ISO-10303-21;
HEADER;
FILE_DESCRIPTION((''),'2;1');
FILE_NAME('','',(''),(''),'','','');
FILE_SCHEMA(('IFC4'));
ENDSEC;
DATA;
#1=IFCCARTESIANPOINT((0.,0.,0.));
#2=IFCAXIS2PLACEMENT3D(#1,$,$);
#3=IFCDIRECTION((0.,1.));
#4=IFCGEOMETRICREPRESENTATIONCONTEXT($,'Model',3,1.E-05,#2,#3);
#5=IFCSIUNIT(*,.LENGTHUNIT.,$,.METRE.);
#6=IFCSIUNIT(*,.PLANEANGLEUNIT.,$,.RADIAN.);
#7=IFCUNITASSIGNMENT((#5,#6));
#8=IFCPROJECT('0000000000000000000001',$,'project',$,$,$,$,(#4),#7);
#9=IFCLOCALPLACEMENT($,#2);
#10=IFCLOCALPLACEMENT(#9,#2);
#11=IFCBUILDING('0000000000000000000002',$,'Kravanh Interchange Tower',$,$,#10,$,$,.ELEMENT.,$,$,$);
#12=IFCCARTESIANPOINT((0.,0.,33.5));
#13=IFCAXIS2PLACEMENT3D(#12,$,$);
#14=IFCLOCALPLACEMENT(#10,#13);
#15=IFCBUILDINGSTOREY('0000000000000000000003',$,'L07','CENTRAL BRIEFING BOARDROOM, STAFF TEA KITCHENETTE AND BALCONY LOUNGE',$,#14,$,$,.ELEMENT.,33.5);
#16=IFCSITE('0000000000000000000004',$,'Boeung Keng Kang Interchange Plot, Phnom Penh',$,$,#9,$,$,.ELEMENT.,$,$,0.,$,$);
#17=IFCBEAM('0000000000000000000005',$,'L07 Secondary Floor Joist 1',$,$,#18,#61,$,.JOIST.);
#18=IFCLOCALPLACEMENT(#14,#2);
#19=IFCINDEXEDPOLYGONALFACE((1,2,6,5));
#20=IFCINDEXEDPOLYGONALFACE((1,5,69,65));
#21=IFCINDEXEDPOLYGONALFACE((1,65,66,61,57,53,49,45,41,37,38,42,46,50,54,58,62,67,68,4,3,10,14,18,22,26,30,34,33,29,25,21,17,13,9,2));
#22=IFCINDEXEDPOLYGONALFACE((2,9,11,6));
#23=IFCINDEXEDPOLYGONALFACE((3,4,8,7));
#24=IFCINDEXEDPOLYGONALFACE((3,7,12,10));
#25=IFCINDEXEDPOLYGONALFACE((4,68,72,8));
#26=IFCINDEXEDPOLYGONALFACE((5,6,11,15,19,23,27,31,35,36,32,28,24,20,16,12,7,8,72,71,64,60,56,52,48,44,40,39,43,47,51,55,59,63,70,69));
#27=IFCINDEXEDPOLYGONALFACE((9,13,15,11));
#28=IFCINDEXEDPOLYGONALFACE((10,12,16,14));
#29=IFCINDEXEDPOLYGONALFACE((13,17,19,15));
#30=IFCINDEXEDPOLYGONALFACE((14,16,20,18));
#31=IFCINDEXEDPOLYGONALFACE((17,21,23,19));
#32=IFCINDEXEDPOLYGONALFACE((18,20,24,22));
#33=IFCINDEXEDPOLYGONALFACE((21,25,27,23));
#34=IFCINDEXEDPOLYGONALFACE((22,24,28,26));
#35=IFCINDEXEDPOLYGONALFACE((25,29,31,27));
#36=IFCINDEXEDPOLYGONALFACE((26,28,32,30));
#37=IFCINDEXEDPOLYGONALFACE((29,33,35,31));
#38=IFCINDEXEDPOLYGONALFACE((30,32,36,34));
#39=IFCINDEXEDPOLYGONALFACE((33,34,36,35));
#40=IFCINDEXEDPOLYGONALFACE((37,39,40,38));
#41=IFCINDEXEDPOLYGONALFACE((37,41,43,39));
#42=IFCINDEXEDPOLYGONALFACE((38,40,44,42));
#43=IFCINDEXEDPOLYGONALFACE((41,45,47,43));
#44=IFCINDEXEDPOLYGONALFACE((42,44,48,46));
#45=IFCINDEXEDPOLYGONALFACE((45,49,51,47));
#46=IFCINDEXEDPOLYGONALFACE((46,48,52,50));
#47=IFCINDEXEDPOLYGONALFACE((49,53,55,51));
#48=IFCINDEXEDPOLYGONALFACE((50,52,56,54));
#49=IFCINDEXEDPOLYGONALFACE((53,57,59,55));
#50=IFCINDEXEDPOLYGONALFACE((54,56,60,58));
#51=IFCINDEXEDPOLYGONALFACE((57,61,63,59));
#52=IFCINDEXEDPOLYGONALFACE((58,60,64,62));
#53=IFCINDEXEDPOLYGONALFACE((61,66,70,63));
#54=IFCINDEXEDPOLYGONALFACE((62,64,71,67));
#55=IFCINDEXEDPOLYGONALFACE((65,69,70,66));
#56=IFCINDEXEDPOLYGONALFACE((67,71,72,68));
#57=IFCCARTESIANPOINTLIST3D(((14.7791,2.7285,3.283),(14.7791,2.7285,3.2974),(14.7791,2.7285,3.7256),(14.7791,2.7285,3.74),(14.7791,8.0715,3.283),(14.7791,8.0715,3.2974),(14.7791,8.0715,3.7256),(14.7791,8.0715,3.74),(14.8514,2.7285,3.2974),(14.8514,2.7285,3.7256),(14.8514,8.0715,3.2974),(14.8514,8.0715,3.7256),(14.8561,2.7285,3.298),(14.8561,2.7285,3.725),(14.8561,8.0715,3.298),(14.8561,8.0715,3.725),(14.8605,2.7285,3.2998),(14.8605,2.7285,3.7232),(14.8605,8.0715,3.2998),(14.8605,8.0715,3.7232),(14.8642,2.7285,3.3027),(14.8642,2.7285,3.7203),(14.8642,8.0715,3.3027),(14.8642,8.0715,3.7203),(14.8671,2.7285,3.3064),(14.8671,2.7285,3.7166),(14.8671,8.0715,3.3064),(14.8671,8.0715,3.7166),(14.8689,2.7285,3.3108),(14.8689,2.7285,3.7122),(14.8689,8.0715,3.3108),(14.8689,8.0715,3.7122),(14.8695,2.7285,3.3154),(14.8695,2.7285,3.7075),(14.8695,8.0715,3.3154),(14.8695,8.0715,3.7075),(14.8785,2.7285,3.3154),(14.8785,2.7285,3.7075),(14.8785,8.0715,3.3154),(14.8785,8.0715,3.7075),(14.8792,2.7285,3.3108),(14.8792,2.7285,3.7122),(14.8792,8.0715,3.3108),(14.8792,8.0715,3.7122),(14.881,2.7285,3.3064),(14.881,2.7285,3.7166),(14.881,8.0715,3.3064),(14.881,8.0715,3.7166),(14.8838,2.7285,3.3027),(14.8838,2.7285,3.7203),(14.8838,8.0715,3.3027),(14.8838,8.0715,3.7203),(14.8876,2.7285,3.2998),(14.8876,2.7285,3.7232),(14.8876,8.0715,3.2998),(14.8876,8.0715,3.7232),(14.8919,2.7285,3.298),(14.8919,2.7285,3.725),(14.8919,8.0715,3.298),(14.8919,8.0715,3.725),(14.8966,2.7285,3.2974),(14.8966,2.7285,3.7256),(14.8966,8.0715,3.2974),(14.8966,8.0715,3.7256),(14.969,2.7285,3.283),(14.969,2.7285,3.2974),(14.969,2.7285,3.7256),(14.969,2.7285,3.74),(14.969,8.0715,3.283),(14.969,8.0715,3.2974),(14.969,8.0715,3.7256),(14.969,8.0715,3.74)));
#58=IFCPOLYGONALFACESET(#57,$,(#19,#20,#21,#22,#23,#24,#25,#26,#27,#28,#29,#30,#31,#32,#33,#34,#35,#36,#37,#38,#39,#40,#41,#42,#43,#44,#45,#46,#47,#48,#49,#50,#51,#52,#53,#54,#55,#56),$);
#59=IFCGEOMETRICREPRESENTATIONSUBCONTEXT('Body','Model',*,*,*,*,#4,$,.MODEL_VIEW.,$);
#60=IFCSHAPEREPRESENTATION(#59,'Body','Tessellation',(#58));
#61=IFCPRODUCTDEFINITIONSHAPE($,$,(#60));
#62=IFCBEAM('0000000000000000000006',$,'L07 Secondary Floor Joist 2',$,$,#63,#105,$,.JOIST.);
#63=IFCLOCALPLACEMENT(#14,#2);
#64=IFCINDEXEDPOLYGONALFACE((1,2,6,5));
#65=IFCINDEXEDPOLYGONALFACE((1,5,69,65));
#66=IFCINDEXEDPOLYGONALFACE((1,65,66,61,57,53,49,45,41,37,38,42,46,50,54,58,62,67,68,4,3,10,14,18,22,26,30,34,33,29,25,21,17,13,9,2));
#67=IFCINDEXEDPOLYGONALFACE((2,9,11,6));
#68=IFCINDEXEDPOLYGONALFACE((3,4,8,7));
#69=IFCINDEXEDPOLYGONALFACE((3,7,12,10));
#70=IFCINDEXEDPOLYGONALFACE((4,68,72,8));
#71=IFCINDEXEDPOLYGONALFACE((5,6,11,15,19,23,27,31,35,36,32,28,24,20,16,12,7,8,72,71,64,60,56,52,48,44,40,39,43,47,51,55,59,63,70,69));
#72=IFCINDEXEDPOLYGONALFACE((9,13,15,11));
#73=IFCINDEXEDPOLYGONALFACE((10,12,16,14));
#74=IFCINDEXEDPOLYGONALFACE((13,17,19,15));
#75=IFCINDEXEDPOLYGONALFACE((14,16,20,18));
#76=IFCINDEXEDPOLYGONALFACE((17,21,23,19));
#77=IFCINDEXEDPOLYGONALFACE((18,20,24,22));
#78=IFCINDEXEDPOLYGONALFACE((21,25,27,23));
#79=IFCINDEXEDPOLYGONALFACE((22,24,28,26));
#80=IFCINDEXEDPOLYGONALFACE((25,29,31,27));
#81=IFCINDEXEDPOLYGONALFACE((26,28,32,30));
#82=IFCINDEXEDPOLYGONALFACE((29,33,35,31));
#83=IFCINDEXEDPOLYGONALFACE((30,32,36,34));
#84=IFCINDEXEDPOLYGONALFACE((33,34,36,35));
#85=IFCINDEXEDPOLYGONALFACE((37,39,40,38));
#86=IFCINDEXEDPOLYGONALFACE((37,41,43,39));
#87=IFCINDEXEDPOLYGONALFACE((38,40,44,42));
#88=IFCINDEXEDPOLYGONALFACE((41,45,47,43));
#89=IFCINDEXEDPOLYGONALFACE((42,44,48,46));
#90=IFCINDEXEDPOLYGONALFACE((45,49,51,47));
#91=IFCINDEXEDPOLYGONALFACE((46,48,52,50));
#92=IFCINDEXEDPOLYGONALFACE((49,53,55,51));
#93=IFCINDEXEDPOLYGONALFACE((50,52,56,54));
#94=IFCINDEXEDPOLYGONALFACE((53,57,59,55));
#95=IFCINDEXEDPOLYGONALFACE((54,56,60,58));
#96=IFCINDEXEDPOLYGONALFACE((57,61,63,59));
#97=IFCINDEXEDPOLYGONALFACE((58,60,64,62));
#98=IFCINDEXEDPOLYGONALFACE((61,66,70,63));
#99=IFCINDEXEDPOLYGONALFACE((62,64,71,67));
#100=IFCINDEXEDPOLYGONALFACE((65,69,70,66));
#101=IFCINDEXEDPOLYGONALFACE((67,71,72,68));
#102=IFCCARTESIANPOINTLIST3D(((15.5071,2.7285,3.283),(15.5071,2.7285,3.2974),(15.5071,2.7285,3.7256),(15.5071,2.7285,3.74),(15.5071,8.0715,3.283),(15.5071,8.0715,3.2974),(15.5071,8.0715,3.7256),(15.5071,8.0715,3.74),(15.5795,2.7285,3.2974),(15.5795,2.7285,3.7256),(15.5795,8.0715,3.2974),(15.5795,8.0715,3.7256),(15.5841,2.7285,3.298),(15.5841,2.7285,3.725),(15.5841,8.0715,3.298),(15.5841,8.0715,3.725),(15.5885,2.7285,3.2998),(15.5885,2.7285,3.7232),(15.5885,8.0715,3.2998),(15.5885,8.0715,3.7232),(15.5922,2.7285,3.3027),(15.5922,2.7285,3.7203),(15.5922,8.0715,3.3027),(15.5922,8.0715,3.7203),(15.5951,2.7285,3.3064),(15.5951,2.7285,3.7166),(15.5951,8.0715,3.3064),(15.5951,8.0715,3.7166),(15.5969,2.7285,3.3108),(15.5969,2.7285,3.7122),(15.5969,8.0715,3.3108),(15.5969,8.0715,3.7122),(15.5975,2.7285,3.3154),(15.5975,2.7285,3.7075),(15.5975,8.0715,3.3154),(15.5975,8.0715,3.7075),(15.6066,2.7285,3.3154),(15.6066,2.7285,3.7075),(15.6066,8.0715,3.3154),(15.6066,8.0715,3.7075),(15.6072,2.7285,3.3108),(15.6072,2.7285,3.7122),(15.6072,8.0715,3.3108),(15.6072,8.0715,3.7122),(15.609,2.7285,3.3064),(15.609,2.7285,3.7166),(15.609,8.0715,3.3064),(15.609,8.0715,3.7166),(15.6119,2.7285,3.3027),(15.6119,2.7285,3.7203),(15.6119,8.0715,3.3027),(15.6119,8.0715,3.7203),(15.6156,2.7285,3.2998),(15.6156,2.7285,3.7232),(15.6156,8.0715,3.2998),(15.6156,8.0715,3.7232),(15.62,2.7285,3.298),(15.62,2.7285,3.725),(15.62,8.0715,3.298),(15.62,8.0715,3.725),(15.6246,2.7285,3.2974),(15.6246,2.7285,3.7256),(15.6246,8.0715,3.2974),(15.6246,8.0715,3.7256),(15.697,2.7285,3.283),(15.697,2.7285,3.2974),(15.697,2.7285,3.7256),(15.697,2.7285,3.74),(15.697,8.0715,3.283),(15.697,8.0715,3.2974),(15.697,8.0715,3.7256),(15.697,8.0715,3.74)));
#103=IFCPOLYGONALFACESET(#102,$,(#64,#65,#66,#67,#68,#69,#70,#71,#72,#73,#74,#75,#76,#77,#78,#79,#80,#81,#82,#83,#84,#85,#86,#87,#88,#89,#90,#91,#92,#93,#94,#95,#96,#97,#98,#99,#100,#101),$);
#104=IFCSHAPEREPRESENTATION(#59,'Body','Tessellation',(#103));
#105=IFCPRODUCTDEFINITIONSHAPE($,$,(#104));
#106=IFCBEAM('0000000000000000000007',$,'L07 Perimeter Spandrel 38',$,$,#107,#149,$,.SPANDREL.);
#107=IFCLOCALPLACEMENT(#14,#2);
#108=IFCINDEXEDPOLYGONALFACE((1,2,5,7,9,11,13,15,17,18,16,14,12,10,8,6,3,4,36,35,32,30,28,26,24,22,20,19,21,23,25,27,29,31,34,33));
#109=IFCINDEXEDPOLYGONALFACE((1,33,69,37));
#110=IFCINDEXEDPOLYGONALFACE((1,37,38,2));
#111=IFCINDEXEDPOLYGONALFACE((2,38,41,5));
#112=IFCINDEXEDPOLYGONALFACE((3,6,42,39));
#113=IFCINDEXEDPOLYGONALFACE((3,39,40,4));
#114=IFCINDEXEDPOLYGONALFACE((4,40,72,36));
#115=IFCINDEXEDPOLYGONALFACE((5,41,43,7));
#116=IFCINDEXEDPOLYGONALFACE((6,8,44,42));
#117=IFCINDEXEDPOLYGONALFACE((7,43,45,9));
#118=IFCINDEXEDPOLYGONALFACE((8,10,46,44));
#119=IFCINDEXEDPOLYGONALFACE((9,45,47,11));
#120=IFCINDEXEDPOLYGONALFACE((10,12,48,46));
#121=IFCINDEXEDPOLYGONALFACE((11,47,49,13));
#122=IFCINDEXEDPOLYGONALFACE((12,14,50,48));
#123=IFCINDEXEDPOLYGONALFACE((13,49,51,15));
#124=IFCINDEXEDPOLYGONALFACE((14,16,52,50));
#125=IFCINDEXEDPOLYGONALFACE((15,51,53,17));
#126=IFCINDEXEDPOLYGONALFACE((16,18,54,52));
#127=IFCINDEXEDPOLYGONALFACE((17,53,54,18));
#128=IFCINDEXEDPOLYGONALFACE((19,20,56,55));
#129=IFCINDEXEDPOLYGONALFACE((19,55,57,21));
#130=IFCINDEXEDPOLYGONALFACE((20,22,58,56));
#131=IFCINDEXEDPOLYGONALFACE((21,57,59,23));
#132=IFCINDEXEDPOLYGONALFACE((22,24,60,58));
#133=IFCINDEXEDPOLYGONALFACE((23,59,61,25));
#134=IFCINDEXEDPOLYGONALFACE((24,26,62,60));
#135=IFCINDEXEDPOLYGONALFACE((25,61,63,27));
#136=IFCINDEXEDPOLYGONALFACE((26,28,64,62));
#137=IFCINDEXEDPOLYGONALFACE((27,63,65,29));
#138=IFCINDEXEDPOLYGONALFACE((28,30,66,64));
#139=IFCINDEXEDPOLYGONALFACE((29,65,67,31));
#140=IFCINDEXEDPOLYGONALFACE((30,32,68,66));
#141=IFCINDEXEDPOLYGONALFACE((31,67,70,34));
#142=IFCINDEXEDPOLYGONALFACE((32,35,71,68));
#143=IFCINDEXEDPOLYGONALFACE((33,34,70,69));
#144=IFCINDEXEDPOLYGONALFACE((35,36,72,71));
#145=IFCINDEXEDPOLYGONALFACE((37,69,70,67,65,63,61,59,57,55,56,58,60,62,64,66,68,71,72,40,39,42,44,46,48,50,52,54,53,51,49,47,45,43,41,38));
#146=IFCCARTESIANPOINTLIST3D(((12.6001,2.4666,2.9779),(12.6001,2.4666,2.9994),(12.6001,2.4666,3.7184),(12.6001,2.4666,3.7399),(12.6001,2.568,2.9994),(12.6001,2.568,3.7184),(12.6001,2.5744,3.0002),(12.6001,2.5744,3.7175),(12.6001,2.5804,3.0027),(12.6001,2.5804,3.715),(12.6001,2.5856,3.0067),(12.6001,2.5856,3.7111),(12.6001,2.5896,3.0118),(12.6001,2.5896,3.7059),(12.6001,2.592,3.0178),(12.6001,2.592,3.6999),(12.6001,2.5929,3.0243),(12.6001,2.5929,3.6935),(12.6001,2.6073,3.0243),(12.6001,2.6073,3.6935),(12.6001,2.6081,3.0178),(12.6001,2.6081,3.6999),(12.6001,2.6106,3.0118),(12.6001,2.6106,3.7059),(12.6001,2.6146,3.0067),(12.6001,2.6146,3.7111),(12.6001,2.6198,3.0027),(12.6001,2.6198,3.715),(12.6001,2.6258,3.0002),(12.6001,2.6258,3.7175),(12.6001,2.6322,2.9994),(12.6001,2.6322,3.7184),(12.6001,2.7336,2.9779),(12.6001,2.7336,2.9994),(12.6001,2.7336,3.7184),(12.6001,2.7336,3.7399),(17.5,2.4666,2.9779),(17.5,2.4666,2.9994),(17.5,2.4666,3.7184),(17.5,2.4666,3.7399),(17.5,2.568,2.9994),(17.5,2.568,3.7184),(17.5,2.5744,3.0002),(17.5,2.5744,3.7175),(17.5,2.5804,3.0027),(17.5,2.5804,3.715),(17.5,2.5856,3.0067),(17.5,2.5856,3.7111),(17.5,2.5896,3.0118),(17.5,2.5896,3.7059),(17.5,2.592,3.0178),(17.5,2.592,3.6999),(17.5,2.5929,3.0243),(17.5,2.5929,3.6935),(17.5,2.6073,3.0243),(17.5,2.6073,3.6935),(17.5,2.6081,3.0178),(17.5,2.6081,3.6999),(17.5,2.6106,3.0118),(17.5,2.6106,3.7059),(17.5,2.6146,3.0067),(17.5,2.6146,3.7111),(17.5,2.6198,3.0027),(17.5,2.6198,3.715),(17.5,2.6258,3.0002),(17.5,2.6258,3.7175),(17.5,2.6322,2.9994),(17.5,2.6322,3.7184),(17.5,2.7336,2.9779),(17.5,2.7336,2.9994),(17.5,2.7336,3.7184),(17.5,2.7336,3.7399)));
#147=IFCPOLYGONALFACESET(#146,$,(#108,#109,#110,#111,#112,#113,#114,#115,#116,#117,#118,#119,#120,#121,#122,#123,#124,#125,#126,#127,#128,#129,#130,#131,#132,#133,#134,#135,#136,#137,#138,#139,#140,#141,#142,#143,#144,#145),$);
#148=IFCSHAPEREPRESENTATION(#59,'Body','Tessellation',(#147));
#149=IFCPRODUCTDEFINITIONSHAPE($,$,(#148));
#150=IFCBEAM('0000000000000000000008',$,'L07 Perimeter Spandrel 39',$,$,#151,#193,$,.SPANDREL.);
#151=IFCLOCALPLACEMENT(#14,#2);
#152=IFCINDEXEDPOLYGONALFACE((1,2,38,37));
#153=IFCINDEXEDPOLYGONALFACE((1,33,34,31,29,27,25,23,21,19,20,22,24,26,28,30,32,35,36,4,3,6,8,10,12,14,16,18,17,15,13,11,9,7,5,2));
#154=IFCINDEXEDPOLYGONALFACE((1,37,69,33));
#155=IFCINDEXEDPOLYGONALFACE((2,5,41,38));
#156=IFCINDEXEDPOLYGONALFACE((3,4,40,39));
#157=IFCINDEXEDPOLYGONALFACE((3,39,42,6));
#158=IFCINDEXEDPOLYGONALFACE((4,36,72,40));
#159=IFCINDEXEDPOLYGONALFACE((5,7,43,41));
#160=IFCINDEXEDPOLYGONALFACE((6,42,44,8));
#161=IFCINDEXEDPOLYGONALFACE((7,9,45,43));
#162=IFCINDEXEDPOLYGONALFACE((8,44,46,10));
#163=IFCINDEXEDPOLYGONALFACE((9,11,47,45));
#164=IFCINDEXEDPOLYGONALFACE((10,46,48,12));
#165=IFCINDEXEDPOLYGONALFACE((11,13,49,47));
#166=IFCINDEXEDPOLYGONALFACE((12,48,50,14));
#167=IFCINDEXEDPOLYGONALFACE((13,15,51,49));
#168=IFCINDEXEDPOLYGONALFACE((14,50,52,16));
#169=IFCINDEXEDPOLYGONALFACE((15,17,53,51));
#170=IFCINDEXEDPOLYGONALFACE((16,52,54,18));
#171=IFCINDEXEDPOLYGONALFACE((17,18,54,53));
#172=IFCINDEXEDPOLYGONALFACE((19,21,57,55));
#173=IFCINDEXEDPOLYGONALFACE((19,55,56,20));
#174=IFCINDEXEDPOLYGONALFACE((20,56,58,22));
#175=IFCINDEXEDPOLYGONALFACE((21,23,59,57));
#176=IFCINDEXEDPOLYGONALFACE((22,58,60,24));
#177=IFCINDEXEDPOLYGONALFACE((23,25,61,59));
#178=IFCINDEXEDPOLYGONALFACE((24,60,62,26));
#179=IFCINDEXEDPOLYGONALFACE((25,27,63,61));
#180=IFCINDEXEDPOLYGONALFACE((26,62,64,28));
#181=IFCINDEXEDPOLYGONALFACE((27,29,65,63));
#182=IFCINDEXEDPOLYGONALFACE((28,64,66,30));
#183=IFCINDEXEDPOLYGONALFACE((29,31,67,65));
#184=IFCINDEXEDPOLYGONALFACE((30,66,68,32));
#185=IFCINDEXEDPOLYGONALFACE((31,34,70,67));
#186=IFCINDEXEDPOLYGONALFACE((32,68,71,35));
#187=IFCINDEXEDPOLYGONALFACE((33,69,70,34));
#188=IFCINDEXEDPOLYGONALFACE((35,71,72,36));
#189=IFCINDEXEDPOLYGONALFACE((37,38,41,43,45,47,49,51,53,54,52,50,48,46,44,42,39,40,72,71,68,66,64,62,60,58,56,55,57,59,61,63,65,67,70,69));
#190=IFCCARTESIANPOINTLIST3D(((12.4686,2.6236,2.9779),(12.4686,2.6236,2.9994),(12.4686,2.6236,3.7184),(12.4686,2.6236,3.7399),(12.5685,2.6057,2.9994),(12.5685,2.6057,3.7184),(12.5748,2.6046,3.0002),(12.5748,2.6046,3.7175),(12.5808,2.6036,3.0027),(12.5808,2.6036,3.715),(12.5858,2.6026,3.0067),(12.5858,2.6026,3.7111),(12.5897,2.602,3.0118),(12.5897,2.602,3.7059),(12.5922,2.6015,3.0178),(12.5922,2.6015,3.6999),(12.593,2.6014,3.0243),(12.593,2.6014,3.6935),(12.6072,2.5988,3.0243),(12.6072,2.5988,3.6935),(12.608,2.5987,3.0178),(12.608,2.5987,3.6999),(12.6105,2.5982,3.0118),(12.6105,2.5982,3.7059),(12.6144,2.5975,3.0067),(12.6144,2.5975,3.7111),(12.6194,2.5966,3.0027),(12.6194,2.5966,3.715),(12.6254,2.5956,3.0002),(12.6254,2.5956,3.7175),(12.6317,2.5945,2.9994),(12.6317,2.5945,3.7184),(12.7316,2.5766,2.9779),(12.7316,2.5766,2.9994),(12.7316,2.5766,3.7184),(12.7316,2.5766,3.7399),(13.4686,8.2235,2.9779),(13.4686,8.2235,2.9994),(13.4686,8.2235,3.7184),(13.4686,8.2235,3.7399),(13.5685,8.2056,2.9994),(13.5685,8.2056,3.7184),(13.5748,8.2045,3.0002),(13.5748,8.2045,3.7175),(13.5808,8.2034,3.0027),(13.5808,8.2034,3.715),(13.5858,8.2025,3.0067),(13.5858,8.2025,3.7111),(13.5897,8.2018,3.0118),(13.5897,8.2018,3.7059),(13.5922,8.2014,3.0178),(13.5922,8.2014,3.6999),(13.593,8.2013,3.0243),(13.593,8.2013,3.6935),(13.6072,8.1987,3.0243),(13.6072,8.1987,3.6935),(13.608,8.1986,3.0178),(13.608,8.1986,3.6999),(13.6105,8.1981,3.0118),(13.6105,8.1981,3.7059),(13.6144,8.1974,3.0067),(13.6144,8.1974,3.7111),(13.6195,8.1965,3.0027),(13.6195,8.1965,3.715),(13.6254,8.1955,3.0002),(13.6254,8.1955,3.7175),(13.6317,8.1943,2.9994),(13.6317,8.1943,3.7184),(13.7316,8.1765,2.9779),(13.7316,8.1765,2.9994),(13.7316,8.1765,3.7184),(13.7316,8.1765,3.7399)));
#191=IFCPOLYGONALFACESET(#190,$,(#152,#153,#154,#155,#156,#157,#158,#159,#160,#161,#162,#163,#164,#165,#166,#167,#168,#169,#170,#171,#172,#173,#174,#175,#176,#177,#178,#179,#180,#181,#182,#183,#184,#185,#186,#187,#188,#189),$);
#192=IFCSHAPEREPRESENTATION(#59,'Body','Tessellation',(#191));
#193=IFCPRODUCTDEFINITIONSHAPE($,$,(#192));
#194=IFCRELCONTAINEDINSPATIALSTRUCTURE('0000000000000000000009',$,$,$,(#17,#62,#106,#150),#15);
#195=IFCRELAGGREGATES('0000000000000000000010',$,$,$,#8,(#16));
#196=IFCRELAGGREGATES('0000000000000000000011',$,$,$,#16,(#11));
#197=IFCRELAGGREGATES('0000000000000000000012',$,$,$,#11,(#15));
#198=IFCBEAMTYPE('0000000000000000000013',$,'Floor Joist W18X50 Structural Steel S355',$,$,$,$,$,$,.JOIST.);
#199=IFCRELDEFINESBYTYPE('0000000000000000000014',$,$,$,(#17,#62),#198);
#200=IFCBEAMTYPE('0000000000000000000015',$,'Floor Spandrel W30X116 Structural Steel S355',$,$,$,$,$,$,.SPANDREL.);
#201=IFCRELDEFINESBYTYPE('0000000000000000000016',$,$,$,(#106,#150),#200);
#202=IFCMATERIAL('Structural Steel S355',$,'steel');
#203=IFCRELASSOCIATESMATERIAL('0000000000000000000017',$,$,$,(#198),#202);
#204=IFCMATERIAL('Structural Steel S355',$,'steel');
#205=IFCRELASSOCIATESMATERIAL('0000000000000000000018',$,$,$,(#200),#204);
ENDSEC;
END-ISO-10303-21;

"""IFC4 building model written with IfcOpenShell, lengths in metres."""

from ifc_helpers import new_model, si_unit, direction, frame, origin, origin_2d, place, context, subcontext, project, spatial, i_section, extrude, material, material_profile, profile_set, type_object, element, save


model = new_model("IFC4")

# Units and contexts
model_context = context("Model", 3, precision=1e-05, world=origin(), true_north=direction((0.0, 1.0)))
body_context = subcontext(model_context, "Body", "Model", "MODEL_VIEW")
ifc_project = project(units=[si_unit("LENGTHUNIT", "METRE"), si_unit("PLANEANGLEUNIT", "RADIAN")], contexts=[model_context])

# Site, building, storey
site_placement = place(None, origin())
site = spatial("IfcSite", under=ifc_project, at=site_placement, Name="Boeung Keng Kang Interchange Plot, Phnom Penh", CompositionType="ELEMENT", RefElevation=0.0)
building_placement = place(site_placement, origin())
building = spatial("IfcBuilding", under=site, at=building_placement, Name="Kravanh Interchange Tower", CompositionType="ELEMENT")
storey_placement = place(building_placement, frame((0.0, 0.0, 33.5)))
storey = spatial("IfcBuildingStorey", under=building, at=storey_placement, Name="L07", Description="CENTRAL BRIEFING BOARDROOM, STAFF TEA KITCHENETTE AND BALCONY LOUNGE", CompositionType="ELEMENT", Elevation=33.5)

# Beams
ifc_material_1 = material(Name="Structural Steel S355", Category="steel")
ifc_material_profile_1 = material_profile(ifc_material_1, i_section(OverallWidth=0.1899, OverallDepth=0.457, WebThickness=0.009, FlangeThickness=0.0144, FilletRadius=0.0181, at=origin_2d()), Name="W18X50")
ifc_profile_set_1 = profile_set([ifc_material_profile_1], Name="Structural Steel S355")
beam_type_1 = type_object("IfcBeamType", Name="Floor Joist W18X50 Structural Steel S355", PredefinedType="JOIST", material=ifc_profile_set_1)
for number, where, z_axis, x_axis, name in (
    (1, (14.874, 2.7285, 3.5115), (0.0, 1.0, 0.0), (-1.0, 0.0, 0.0), "L07 Secondary Floor Joist 1"),
    (2, (15.6021, 2.7285, 3.5115), (0.0, 1.0, 0.0), (-1.0, 0.0, 0.0), "L07 Secondary Floor Joist 2"),
):
    element("IfcBeam", number, at=place(storey_placement, frame(where, z_axis=z_axis, x_axis=x_axis)), inside=storey, type_object=beam_type_1, Name=name, PredefinedType="JOIST", context=body_context, shape_type="SweptSolid", body=[
        extrude(i_section(OverallWidth=0.1899, OverallDepth=0.457, WebThickness=0.009, FlangeThickness=0.0144, FilletRadius=0.0181, at=origin_2d()), origin(), (0.0, 0.0, 1.0), 5.343),
    ])
ifc_material_2 = material(Name="Structural Steel S355", Category="steel")
ifc_material_profile_2 = material_profile(ifc_material_2, i_section(OverallWidth=0.2671, OverallDepth=0.762, WebThickness=0.0144, FlangeThickness=0.0215, FilletRadius=0.0249, at=origin_2d()), Name="W30X116")
ifc_profile_set_2 = profile_set([ifc_material_profile_2], Name="Structural Steel S355")
beam_type_2 = type_object("IfcBeamType", Name="Floor Spandrel W30X116 Structural Steel S355", PredefinedType="SPANDREL", material=ifc_profile_set_2)
beam_1_placement = place(storey_placement, frame((12.6001, 2.6001, 3.3589), z_axis=(1.0, 0.0, 0.0), x_axis=(0.0, 1.0, 0.0)))
element("IfcBeam", 3, at=beam_1_placement, inside=storey, type_object=beam_type_2, Name="L07 Perimeter Spandrel 38", PredefinedType="SPANDREL", context=body_context, shape_type="SweptSolid", body=[
    extrude(i_section(OverallWidth=0.2671, OverallDepth=0.762, WebThickness=0.0144, FlangeThickness=0.0215, FilletRadius=0.0249, at=origin_2d()), origin(), (0.0, 0.0, 1.0), 4.8999),
])
beam_2_placement = place(storey_placement, frame((12.6001, 2.6001, 3.3589), z_axis=(0.175795, 0.984427, 0.0), x_axis=(-0.984427, 0.175795, 0.0)))
element("IfcBeam", 4, at=beam_2_placement, inside=storey, type_object=beam_type_2, Name="L07 Perimeter Spandrel 39", PredefinedType="SPANDREL", context=body_context, shape_type="SweptSolid", body=[
    extrude(i_section(OverallWidth=0.2671, OverallDepth=0.762, WebThickness=0.0144, FlangeThickness=0.0215, FilletRadius=0.0249, at=origin_2d()), origin(), (0.0, 0.0, 1.0), 5.6885),
])

save(model, "model.ifc")
